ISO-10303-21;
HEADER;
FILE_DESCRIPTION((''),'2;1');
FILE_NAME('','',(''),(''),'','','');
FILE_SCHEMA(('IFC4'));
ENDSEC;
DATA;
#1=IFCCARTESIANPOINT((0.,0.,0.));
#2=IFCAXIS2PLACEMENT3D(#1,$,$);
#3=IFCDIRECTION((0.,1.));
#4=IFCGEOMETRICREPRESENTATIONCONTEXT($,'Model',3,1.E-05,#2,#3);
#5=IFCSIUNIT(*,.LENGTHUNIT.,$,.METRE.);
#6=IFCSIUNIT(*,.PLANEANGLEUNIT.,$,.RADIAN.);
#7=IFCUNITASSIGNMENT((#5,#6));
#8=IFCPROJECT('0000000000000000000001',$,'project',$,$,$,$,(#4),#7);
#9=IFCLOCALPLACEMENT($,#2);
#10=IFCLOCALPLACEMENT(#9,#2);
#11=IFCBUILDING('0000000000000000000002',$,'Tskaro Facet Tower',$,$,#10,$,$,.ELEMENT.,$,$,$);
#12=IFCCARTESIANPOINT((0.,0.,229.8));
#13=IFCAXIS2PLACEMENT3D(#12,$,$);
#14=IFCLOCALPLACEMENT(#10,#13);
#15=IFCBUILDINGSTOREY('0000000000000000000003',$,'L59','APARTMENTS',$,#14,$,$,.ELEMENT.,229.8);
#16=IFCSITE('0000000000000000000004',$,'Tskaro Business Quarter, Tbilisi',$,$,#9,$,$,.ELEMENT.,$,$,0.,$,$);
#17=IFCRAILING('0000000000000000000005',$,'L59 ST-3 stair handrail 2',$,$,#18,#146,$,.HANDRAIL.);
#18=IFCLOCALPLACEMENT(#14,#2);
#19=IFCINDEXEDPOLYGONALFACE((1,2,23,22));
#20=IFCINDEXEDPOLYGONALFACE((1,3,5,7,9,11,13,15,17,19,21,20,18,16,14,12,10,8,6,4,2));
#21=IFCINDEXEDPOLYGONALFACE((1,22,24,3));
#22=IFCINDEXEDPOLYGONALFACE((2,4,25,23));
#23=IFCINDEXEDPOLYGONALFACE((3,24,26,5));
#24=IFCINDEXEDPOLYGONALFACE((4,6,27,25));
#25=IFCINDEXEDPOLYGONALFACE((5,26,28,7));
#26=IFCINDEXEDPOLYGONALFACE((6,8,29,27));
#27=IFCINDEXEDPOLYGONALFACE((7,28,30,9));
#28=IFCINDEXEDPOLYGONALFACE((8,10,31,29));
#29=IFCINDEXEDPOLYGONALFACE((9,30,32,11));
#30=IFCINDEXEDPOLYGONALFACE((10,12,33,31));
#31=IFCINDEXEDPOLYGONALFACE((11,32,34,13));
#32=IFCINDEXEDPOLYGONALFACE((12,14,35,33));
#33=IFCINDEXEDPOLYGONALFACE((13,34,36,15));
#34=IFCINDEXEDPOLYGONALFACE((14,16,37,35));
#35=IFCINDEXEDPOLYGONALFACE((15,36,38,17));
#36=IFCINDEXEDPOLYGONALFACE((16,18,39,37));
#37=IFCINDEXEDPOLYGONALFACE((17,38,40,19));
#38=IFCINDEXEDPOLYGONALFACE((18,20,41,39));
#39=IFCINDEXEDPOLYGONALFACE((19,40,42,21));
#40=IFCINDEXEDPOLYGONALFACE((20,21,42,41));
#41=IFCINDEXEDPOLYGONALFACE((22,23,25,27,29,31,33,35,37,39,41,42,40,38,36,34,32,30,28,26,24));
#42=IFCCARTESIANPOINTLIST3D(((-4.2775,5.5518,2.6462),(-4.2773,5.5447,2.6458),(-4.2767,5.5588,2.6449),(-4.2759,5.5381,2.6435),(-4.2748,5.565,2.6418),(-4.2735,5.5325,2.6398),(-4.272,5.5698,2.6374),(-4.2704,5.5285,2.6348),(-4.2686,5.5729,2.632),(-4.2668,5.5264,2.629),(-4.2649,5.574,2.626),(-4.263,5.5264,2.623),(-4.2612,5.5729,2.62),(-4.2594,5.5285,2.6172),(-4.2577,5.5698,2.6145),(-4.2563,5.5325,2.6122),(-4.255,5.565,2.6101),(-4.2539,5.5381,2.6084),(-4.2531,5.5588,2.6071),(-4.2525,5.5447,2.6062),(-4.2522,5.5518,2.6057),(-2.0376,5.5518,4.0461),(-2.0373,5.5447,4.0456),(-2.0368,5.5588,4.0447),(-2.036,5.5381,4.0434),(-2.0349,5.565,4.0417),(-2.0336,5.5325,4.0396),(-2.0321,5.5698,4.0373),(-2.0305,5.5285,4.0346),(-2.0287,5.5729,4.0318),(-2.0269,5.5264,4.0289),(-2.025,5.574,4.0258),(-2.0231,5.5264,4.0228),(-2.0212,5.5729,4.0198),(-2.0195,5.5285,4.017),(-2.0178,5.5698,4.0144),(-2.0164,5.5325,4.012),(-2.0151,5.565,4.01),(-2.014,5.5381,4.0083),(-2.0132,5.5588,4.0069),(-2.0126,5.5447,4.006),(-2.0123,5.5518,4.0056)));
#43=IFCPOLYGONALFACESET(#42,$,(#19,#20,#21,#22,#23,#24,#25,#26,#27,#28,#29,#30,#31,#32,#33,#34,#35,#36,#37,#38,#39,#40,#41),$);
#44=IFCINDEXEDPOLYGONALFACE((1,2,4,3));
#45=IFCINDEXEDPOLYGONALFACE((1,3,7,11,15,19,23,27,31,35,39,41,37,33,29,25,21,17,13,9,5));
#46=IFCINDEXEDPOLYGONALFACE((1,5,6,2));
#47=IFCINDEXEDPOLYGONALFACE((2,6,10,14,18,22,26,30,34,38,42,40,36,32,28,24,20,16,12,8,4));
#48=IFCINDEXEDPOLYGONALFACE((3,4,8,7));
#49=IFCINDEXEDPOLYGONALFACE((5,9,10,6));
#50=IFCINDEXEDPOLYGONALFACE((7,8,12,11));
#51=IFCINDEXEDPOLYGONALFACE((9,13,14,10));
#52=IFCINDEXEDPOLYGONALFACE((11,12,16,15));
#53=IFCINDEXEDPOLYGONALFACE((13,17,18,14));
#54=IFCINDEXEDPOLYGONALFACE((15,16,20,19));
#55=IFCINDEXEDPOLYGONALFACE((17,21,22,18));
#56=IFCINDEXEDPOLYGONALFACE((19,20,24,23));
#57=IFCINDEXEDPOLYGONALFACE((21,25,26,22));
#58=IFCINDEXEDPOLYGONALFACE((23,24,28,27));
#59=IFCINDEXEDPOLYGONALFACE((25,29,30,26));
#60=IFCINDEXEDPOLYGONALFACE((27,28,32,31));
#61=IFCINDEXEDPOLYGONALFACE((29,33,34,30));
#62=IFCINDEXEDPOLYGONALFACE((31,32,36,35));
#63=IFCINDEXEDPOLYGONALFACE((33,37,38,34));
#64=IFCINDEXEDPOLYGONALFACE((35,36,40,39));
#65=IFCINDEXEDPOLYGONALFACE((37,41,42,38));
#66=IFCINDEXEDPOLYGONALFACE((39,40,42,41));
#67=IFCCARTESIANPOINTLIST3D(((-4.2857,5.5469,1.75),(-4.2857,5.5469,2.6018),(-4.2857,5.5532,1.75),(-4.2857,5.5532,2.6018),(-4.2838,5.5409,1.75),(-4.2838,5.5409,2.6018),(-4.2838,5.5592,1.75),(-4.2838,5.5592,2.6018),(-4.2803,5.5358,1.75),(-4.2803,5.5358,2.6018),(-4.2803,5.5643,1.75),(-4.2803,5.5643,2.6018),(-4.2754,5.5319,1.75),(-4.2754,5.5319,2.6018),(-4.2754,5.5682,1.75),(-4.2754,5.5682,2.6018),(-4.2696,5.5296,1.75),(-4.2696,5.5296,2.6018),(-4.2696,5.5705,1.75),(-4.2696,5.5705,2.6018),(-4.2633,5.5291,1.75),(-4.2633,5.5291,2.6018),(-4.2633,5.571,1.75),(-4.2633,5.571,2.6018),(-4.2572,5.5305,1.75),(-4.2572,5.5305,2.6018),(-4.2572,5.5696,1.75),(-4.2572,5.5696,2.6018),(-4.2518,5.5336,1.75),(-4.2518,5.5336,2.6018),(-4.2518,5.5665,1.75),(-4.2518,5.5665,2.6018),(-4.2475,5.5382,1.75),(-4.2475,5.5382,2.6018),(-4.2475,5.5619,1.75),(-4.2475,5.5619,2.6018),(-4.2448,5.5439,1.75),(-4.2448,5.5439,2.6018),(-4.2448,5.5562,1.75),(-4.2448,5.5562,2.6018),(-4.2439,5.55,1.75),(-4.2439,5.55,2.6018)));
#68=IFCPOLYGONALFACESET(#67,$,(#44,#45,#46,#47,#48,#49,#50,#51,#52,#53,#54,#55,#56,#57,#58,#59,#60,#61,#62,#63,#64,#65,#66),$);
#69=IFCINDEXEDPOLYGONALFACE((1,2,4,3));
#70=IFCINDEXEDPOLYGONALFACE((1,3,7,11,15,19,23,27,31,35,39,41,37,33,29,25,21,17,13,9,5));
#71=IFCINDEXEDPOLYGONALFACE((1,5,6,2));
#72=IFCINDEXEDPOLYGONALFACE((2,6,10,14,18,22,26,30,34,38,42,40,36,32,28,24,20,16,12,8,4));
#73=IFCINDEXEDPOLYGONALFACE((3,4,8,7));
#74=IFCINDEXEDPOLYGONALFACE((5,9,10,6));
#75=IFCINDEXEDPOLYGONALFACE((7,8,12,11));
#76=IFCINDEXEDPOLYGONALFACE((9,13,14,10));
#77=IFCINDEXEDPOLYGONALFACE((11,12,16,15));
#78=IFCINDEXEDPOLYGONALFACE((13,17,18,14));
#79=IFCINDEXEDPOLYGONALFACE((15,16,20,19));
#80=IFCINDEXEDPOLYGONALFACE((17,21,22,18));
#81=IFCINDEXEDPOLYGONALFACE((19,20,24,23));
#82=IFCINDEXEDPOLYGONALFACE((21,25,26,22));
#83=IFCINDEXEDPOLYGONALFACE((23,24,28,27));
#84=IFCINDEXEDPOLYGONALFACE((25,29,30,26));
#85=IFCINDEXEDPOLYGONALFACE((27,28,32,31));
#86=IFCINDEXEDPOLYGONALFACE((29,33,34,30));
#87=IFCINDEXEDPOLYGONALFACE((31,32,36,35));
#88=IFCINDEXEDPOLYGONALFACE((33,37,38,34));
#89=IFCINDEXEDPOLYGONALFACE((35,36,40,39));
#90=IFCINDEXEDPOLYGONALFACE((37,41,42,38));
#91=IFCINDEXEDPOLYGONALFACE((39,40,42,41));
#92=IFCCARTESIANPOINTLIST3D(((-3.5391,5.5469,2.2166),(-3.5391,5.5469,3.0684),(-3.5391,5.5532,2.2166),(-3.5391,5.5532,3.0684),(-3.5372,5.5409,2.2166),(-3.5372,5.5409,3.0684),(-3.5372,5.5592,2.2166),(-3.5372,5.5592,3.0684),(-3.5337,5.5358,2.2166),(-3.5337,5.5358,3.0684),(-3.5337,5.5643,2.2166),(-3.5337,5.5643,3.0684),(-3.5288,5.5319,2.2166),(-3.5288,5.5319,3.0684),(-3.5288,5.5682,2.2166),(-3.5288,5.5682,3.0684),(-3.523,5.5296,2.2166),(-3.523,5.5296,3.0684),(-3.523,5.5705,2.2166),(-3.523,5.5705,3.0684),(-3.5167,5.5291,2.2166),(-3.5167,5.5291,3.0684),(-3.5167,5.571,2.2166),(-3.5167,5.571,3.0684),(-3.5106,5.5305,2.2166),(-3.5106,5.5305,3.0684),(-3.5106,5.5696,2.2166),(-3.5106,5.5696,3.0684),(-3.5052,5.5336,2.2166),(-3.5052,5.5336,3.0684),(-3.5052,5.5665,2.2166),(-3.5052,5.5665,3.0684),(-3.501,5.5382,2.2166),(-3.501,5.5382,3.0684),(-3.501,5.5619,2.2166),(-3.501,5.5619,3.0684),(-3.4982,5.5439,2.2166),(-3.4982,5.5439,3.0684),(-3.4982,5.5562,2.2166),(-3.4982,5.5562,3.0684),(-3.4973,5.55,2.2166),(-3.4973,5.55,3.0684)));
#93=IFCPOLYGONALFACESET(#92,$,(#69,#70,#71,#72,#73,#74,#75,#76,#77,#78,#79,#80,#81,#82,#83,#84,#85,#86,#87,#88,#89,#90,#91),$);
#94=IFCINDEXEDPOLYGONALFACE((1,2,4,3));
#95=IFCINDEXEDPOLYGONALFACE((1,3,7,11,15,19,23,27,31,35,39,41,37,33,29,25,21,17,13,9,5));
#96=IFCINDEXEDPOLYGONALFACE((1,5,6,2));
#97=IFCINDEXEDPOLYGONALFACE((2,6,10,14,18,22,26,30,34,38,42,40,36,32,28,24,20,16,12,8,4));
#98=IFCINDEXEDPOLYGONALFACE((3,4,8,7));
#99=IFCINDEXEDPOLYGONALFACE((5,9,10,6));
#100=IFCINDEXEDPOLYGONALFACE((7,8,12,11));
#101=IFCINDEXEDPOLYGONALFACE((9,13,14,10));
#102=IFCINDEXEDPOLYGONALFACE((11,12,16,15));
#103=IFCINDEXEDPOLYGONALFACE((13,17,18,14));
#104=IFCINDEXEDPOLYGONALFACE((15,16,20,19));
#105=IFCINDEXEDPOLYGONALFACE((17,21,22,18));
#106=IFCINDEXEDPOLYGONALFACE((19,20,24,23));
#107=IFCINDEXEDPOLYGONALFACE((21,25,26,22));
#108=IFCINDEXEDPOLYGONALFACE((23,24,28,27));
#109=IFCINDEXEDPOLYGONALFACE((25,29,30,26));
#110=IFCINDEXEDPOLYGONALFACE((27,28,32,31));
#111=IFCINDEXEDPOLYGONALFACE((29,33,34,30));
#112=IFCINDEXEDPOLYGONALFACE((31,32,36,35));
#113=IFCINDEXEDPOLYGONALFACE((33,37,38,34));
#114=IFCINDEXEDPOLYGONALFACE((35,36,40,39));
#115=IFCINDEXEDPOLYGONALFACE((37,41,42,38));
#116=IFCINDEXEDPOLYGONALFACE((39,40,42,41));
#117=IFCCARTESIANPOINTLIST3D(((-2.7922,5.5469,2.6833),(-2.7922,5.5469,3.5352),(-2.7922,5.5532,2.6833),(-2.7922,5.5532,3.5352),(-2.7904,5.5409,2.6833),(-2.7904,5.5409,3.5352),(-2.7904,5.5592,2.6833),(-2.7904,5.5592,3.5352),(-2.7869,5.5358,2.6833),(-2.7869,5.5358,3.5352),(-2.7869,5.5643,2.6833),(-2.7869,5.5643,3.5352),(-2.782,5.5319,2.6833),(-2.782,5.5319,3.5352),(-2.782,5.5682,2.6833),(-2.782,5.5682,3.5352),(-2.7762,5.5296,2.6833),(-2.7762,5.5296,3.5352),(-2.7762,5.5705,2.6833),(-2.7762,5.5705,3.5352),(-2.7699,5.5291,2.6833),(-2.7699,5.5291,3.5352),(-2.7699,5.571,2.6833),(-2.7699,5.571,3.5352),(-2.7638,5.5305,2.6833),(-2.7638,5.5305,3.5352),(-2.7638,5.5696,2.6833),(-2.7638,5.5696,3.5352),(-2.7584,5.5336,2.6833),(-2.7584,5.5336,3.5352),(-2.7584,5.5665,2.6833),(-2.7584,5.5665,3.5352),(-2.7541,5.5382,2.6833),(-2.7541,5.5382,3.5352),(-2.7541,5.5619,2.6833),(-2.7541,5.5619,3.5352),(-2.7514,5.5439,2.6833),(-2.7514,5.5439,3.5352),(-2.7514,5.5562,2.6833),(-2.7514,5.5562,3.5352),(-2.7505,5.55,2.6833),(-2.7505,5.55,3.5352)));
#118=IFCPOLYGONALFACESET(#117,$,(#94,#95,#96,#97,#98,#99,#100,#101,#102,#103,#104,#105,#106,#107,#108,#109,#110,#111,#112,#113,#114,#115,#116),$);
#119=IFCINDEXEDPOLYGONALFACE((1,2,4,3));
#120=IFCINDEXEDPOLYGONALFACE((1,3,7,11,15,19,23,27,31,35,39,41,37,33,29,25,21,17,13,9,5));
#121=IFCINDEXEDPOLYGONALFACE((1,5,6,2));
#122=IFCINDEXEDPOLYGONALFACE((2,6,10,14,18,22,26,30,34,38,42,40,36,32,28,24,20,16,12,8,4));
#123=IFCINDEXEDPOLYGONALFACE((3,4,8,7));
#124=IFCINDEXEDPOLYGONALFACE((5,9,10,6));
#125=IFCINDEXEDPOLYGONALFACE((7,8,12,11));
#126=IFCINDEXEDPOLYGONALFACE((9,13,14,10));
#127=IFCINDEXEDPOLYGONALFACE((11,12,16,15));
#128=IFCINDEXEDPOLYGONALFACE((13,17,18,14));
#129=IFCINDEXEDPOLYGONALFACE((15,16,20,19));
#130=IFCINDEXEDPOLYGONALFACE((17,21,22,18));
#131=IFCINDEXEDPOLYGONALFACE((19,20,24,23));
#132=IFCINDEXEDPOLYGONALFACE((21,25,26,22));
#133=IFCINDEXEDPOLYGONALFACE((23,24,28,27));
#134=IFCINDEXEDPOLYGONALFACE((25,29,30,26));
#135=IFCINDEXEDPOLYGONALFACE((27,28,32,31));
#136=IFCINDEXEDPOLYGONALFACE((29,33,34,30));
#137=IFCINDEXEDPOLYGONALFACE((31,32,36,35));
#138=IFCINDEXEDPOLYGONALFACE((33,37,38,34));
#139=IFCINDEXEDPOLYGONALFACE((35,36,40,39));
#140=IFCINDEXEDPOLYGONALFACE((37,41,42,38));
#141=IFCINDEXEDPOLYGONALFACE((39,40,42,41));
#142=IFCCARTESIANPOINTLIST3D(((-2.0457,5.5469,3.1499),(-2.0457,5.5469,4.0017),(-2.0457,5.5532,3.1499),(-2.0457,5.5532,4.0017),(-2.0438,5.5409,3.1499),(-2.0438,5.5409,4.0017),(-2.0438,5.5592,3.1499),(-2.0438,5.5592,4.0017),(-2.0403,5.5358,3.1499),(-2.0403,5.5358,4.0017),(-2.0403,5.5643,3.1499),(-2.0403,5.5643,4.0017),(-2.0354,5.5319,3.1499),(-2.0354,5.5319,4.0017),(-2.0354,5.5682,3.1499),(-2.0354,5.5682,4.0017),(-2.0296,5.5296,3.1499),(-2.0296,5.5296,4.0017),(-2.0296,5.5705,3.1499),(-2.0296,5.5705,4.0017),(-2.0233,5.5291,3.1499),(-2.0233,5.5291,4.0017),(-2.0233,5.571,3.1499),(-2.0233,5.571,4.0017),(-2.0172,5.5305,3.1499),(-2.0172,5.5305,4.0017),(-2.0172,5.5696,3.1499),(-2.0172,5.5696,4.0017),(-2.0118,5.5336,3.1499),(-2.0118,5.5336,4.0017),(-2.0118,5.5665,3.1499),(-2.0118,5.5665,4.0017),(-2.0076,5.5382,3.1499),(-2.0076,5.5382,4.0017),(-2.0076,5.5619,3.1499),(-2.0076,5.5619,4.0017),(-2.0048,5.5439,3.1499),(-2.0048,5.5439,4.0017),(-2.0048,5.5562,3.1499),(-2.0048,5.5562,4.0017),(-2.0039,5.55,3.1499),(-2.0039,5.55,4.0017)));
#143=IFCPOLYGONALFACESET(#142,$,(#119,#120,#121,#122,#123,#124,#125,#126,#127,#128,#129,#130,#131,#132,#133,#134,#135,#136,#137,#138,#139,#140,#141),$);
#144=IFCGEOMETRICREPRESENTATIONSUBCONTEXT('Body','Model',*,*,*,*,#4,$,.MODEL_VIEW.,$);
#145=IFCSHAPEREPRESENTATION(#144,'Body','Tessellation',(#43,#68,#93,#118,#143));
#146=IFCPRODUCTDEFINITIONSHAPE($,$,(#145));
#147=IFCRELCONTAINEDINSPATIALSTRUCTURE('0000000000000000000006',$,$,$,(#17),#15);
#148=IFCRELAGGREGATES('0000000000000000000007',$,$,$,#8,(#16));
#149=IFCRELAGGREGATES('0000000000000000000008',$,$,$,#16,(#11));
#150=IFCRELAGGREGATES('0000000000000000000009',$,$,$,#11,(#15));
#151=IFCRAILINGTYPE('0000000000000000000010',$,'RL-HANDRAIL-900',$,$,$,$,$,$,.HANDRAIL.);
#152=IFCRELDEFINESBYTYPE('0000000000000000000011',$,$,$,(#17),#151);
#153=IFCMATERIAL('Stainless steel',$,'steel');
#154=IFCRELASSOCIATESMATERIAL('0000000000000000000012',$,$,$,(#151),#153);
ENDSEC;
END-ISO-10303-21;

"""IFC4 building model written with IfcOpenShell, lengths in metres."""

from ifc_helpers import new_model, si_unit, direction, frame, origin, origin_2d, place, context, subcontext, project, spatial, circle, extrude, material, type_object, element, save


model = new_model("IFC4")

# Units and contexts
model_context = context("Model", 3, precision=1e-05, world=origin(), true_north=direction((0.0, 1.0)))
body_context = subcontext(model_context, "Body", "Model", "MODEL_VIEW")
ifc_project = project(units=[si_unit("LENGTHUNIT", "METRE"), si_unit("PLANEANGLEUNIT", "RADIAN")], contexts=[model_context])

# Site, building, storey
site_placement = place(None, origin())
site = spatial("IfcSite", under=ifc_project, at=site_placement, Name="Tskaro Business Quarter, Tbilisi", CompositionType="ELEMENT", RefElevation=0.0)
building_placement = place(site_placement, origin())
building = spatial("IfcBuilding", under=site, at=building_placement, Name="Tskaro Facet Tower", CompositionType="ELEMENT")
storey_placement = place(building_placement, frame((0.0, 0.0, 229.8)))
storey = spatial("IfcBuildingStorey", under=building, at=storey_placement, Name="L59", Description="APARTMENTS", CompositionType="ELEMENT", Elevation=229.8)

# Railing
ifc_material_1 = material(Name="Stainless steel", Category="steel")
railing_type_1 = type_object("IfcRailingType", Name="RL-HANDRAIL-900", PredefinedType="HANDRAIL", material=ifc_material_1)
railing_1_placement = place(storey_placement, frame((-4.2649, 5.55, 1.75)))
element("IfcRailing", 1, at=railing_1_placement, inside=storey, type_object=railing_type_1, Name="L59 ST-3 stair handrail 2", PredefinedType="HANDRAIL", context=body_context, shape_type="SweptSolid", body=[
    extrude(circle(Radius=0.0239, at=origin_2d()), frame((0.0, 0.0, 0.876), z_axis=(0.848014, 0.0, 0.529974), x_axis=(0.0, 1.0, 0.0)), (0.0, 0.0, 1.0), 2.6414),
    extrude(circle(Radius=0.021, at=origin_2d()), origin(), (0.0, 0.0, 1.0), 0.8518),
    extrude(circle(Radius=0.021, at=origin_2d()), frame((0.7466, 0.0, 0.4666)), (0.0, 0.0, 1.0), 0.8518),
    extrude(circle(Radius=0.021, at=origin_2d()), frame((1.4934, 0.0, 0.9333)), (0.0, 0.0, 1.0), 0.8518),
    extrude(circle(Radius=0.021, at=origin_2d()), frame((2.24, 0.0, 1.3999)), (0.0, 0.0, 1.0), 0.8518),
])

save(model, "model.ifc")
